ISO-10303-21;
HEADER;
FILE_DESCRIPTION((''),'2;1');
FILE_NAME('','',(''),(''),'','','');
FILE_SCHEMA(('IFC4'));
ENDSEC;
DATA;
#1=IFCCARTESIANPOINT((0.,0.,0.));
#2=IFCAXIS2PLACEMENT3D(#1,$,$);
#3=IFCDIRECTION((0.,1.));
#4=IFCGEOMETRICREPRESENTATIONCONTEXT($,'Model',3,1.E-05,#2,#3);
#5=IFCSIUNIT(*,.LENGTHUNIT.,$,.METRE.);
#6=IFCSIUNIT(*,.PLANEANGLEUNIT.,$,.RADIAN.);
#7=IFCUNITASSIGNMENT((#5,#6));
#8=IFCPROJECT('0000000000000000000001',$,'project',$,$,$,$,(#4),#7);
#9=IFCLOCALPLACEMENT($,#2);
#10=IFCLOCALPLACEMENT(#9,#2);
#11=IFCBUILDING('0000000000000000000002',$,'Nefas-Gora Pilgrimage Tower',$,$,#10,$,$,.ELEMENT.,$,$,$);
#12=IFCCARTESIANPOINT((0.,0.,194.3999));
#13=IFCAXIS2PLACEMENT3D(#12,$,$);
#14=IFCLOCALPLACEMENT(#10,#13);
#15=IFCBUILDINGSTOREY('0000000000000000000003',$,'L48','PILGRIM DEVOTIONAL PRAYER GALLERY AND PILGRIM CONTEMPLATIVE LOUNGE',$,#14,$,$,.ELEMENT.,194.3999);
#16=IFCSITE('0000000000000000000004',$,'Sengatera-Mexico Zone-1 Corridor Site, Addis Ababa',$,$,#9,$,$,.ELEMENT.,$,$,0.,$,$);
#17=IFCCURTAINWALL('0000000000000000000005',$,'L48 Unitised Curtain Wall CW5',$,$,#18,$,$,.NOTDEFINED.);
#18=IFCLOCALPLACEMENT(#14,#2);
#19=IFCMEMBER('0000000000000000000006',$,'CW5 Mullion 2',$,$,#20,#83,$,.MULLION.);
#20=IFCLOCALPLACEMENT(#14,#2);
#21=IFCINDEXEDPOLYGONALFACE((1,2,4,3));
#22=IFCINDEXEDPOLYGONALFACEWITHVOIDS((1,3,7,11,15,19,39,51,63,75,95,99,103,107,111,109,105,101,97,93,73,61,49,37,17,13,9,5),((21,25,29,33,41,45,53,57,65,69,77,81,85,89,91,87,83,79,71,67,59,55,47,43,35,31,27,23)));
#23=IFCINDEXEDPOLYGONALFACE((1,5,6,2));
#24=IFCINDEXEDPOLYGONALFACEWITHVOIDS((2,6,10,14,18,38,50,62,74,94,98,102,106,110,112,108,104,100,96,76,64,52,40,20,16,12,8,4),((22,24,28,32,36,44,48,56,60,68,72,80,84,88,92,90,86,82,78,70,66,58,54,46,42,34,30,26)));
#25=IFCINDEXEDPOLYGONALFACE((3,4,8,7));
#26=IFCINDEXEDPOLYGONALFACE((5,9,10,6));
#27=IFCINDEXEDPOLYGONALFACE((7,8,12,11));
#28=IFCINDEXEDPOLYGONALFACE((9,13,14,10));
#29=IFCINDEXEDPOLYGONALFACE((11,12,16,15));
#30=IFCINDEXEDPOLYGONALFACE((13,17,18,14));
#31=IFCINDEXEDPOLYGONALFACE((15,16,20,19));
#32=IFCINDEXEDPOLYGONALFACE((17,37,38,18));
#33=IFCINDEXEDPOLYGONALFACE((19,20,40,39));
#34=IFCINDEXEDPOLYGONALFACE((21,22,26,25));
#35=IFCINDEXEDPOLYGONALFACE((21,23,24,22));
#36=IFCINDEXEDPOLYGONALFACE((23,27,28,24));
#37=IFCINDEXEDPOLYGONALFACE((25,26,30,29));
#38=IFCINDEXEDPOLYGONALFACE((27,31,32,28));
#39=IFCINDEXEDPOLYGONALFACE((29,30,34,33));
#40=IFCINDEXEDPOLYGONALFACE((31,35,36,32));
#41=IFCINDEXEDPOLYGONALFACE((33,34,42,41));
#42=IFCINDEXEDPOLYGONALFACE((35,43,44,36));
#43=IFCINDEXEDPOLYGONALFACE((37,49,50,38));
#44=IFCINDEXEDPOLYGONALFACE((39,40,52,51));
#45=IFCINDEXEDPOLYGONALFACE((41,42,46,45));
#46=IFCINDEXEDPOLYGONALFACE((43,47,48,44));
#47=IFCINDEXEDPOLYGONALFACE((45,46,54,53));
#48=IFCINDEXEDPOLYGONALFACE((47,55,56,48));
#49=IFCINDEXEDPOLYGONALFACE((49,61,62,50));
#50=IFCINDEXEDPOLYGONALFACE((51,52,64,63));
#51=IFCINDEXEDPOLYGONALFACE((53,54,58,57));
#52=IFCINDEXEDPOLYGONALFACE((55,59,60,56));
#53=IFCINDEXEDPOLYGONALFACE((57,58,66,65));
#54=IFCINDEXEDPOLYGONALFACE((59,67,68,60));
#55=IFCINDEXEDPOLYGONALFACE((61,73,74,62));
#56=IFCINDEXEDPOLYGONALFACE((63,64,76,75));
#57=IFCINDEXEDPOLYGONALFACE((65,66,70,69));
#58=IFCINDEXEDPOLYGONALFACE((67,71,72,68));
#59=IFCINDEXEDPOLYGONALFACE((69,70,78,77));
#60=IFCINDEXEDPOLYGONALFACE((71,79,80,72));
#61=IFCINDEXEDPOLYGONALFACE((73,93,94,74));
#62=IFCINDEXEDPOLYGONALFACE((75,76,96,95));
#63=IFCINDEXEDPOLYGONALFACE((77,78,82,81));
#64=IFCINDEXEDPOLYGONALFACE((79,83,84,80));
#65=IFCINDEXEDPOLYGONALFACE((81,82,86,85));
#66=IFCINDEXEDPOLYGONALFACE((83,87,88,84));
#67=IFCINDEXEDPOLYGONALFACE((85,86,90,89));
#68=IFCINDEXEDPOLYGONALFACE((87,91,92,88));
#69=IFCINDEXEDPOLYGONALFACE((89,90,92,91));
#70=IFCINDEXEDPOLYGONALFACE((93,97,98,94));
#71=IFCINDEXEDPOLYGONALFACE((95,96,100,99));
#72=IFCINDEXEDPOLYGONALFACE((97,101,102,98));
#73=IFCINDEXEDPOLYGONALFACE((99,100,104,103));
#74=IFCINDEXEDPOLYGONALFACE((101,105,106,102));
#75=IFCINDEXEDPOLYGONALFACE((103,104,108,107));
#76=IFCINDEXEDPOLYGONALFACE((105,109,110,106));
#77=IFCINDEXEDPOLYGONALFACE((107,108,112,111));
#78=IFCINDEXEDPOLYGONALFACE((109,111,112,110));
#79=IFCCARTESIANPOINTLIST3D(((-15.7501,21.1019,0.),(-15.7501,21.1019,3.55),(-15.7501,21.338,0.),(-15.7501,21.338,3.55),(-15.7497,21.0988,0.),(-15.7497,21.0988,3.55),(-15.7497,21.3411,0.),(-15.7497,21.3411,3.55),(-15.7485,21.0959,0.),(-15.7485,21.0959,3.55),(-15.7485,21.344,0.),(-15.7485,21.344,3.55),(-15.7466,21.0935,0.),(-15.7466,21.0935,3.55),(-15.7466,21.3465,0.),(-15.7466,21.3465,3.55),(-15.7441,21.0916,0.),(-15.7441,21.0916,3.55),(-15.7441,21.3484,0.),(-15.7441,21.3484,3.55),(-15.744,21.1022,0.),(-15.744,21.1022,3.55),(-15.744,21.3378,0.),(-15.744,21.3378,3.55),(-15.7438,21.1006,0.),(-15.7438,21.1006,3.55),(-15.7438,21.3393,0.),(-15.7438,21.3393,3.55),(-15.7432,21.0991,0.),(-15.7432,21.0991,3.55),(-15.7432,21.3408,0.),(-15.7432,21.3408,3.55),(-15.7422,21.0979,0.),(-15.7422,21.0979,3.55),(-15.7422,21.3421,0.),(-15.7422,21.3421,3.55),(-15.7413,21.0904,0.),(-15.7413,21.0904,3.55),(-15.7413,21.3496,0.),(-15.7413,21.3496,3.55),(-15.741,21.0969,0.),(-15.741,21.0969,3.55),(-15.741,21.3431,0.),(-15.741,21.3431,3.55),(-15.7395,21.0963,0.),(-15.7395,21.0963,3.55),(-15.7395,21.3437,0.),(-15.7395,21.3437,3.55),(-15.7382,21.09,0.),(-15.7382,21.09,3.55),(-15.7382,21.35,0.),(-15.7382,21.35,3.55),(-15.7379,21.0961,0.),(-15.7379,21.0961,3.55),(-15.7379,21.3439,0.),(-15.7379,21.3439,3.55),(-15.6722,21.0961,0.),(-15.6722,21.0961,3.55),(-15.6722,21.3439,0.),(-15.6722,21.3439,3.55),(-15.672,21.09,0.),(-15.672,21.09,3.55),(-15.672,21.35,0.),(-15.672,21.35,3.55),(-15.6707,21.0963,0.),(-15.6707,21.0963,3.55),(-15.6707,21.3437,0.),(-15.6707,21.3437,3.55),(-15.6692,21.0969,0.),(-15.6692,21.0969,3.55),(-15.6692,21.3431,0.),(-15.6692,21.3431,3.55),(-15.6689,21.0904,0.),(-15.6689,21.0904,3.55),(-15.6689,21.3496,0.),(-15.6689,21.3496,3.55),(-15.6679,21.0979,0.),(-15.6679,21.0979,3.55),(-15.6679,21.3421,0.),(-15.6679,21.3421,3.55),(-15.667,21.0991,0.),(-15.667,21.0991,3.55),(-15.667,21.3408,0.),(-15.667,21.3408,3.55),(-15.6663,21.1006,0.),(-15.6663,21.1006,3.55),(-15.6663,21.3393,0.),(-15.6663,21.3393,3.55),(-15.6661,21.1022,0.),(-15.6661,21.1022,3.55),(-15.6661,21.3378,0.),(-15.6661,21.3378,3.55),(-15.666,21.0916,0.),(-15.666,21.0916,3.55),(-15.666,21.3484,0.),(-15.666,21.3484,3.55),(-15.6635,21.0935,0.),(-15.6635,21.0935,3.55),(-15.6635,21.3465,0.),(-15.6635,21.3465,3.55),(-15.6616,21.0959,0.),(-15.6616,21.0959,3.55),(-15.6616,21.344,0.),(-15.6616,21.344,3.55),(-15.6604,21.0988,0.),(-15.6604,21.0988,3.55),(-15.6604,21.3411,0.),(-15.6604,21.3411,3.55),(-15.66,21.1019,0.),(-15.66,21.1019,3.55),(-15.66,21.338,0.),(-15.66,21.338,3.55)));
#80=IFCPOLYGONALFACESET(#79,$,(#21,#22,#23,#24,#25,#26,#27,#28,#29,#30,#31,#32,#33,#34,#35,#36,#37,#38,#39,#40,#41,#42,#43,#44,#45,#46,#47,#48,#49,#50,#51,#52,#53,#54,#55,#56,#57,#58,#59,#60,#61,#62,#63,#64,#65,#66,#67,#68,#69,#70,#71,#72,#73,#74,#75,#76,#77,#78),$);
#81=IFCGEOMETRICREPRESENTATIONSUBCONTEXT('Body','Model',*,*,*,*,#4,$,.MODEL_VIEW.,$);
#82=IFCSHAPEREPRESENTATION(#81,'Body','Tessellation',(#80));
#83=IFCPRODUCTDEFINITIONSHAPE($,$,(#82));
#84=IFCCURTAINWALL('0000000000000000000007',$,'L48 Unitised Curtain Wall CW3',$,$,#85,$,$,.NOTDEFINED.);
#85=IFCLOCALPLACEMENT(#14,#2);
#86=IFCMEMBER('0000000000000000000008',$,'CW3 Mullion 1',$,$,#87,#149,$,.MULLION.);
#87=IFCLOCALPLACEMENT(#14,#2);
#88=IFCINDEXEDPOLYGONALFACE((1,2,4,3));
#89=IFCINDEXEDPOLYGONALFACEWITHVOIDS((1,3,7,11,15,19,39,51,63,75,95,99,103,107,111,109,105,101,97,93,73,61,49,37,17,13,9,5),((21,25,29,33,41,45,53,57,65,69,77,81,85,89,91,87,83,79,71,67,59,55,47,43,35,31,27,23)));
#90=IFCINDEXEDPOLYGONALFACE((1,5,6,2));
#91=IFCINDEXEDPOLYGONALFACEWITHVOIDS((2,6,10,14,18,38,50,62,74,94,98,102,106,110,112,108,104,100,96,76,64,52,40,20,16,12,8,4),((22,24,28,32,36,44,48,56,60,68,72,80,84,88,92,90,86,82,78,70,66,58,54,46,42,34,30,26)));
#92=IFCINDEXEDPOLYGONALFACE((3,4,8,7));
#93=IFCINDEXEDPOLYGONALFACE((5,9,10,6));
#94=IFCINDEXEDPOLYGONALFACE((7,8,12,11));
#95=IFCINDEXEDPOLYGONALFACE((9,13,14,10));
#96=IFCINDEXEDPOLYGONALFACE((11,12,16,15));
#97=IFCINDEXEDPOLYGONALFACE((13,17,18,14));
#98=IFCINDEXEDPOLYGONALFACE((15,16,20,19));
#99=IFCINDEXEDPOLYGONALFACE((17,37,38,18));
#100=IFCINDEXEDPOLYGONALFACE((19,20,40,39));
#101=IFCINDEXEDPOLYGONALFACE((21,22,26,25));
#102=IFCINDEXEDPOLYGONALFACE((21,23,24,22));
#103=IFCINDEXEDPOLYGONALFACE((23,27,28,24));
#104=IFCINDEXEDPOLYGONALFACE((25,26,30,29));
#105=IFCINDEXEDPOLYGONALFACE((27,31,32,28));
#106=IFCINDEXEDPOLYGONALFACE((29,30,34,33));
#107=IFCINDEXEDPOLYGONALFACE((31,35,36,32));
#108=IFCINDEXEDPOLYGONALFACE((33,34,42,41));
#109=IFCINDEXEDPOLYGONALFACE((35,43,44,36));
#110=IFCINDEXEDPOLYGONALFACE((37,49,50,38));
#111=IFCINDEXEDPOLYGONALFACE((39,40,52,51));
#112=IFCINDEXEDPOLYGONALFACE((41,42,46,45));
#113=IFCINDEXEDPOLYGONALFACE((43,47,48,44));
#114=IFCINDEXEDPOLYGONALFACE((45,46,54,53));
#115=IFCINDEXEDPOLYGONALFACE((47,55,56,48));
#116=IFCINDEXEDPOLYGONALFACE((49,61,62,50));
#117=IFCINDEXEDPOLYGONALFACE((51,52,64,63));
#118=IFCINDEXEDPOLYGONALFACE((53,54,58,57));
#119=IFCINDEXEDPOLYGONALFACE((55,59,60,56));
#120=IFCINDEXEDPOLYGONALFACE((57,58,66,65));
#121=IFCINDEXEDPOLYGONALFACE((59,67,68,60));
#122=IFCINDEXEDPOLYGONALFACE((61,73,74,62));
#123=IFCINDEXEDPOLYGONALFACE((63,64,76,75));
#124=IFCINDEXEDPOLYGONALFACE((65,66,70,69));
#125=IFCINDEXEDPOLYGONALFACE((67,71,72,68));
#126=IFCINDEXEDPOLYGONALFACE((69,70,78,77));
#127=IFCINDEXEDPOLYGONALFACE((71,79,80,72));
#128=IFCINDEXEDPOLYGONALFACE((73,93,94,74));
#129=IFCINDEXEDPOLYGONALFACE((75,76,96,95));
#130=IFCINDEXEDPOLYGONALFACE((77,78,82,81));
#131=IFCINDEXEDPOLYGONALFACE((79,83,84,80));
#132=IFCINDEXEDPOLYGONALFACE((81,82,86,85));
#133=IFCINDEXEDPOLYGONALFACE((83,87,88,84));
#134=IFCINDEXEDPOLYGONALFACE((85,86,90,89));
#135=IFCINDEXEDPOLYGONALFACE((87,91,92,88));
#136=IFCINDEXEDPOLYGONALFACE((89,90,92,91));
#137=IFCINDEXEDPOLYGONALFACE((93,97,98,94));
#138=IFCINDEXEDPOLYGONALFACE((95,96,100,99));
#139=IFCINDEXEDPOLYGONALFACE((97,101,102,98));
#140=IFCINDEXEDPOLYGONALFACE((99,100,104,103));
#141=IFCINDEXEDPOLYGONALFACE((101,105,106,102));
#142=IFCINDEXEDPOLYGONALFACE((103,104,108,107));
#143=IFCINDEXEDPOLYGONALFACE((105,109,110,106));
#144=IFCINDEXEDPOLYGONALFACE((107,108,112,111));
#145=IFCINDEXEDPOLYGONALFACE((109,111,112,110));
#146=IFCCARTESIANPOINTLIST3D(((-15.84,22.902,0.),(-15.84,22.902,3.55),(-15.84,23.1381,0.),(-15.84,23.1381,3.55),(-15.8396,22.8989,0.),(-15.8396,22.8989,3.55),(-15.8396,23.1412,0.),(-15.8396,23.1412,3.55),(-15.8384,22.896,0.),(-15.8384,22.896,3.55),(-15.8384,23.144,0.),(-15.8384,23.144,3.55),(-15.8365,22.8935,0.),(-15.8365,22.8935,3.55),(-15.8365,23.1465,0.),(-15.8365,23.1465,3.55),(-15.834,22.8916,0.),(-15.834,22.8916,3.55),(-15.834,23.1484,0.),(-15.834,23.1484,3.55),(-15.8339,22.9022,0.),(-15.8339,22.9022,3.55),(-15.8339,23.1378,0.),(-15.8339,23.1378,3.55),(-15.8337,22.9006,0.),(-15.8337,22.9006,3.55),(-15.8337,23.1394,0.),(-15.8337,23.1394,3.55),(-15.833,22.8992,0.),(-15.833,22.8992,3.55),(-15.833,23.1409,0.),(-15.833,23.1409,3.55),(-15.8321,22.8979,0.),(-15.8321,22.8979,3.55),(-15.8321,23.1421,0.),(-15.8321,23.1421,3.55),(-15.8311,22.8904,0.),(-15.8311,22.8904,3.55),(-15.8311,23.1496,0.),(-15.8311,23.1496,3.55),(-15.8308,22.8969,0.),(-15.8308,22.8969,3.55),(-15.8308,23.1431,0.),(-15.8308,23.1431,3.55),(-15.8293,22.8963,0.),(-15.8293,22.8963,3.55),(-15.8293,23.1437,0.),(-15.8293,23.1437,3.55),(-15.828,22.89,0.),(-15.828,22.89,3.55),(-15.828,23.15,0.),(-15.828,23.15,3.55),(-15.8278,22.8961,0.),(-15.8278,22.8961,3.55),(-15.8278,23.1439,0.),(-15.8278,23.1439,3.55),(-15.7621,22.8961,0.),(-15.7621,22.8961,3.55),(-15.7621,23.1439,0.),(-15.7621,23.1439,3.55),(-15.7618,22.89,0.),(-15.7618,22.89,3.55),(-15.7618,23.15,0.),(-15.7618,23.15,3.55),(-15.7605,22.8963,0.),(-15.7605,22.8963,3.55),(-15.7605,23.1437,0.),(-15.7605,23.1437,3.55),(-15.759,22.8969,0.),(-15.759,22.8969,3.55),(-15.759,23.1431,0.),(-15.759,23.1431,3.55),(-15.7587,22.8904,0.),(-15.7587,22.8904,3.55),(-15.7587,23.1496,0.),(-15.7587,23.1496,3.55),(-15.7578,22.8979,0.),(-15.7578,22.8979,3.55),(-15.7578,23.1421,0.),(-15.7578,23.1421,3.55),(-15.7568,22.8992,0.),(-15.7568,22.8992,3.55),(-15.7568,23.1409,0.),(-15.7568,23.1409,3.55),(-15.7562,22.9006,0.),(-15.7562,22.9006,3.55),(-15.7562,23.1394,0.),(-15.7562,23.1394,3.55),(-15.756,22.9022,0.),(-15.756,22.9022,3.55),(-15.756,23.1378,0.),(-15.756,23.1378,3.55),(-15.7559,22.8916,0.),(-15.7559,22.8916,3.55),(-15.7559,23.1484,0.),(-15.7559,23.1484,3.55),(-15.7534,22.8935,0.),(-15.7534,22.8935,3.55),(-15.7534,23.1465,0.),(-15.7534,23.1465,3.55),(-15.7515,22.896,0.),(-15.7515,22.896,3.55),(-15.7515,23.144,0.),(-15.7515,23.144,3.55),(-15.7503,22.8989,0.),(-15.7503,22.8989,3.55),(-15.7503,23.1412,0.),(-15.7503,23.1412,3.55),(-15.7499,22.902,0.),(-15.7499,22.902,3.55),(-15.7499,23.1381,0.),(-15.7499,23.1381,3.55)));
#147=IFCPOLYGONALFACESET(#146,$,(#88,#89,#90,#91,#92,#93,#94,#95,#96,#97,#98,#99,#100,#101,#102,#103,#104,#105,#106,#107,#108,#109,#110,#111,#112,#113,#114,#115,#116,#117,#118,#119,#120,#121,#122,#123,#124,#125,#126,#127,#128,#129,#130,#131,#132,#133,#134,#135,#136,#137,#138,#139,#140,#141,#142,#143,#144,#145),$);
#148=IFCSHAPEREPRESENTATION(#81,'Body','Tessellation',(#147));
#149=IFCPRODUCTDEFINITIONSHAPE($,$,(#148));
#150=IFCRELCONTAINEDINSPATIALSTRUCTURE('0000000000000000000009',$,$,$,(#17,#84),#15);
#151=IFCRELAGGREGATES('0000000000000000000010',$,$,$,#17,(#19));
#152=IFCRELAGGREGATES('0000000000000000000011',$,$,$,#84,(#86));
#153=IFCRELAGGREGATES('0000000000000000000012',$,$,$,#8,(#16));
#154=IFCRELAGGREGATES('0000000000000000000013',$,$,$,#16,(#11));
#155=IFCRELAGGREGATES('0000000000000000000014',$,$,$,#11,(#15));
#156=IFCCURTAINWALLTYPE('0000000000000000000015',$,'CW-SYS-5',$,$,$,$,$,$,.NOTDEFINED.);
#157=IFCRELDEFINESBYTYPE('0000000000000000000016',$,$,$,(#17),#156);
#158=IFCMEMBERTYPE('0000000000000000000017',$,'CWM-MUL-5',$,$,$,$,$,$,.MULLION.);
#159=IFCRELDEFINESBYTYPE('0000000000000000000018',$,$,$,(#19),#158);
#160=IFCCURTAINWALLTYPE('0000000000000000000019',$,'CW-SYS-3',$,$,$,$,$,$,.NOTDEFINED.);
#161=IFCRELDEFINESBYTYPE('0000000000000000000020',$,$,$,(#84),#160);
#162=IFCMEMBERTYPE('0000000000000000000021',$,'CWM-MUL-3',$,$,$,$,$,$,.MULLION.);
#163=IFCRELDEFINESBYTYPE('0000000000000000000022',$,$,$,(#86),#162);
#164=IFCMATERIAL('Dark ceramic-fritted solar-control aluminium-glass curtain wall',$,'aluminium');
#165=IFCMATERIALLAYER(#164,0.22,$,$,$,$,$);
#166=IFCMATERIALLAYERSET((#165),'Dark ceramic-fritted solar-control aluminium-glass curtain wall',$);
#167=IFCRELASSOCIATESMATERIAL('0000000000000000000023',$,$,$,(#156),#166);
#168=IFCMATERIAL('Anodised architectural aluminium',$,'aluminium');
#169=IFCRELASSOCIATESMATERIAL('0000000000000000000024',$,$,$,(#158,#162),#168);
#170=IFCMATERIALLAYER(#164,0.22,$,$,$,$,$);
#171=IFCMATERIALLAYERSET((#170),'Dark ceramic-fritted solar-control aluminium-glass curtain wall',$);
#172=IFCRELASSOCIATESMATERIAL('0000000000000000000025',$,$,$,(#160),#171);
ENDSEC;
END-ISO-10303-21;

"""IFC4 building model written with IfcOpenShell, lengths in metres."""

from ifc_helpers import new_model, si_unit, direction, frame, origin, origin_2d, place, context, subcontext, project, spatial, hollow_rectangle, extrude, source, transform, mapped, material, layer, layer_set, material_profile, profile_set, type_object, element, aggregate, save


model = new_model("IFC4")

# Units and contexts
model_context = context("Model", 3, precision=1e-05, world=origin(), true_north=direction((0.0, 1.0)))
body_context = subcontext(model_context, "Body", "Model", "MODEL_VIEW")
ifc_project = project(units=[si_unit("LENGTHUNIT", "METRE"), si_unit("PLANEANGLEUNIT", "RADIAN")], contexts=[model_context])

# Site, building, storey
site_placement = place(None, origin())
site = spatial("IfcSite", under=ifc_project, at=site_placement, Name="Sengatera-Mexico Zone-1 Corridor Site, Addis Ababa", CompositionType="ELEMENT", RefElevation=0.0)
building_placement = place(site_placement, origin())
building = spatial("IfcBuilding", under=site, at=building_placement, Name="Nefas-Gora Pilgrimage Tower", CompositionType="ELEMENT")
storey_placement = place(building_placement, frame((0.0, 0.0, 194.3999)))
storey = spatial("IfcBuildingStorey", under=building, at=storey_placement, Name="L48", Description="PILGRIM DEVOTIONAL PRAYER GALLERY AND PILGRIM CONTEMPLATIVE LOUNGE", CompositionType="ELEMENT", Elevation=194.3999)

# Curtain wall, member
ifc_material_1 = material(Name="Dark ceramic-fritted solar-control aluminium-glass curtain wall", Category="aluminium")
ifc_layer_1 = layer(ifc_material_1, 0.22)
ifc_layer_set_1 = layer_set([ifc_layer_1], Name="Dark ceramic-fritted solar-control aluminium-glass curtain wall")
curtain_wall_type_1 = type_object("IfcCurtainWallType", Name="CW-SYS-5", PredefinedType="NOTDEFINED", material=ifc_layer_set_1)
curtain_wall_1_placement = place(storey_placement, origin())
curtain_wall_1 = element("IfcCurtainWall", 1, at=curtain_wall_1_placement, inside=storey, type_object=curtain_wall_type_1, Name="L48 Unitised Curtain Wall CW5", PredefinedType="NOTDEFINED")
ifc_material_2 = material(Name="Anodised architectural aluminium", Category="aluminium")
ifc_material_profile_1 = material_profile(ifc_material_2, hollow_rectangle(XDim=0.0901, YDim=0.26, WallThickness=0.0061, InnerFilletRadius=0.0061, OuterFilletRadius=0.012, at=origin_2d()), Name="ALU MULLION 90x260")
ifc_profile_set_1 = profile_set([ifc_material_profile_1], Name="Anodised architectural aluminium")
member_type_1 = type_object("IfcMemberType", Name="CWM-MUL-5", PredefinedType="MULLION", material=ifc_profile_set_1)
shared_shape_1 = source(origin(), body_context, "Body", "SweptSolid", [
    extrude(hollow_rectangle(XDim=0.0901, YDim=0.26, WallThickness=0.0061, InnerFilletRadius=0.0061, OuterFilletRadius=0.012, at=origin_2d()), origin(), (0.0, 0.0, 1.0), 3.55),
])
member_1_placement = place(storey_placement, frame((-15.7051, 21.22, 0.0), z_axis=(0.0, 0.0, 1.0), x_axis=(-1.0, 0.0, 0.0)))
member_1 = element("IfcMember", 2, at=member_1_placement, type_object=member_type_1, Name="CW5 Mullion 2", PredefinedType="MULLION", context=body_context, shape_type="MappedRepresentation", body=[
    mapped(shared_shape_1, transform((0.0, 0.0, 0.0), x_axis=(1.0, 0.0, 0.0), y_axis=(0.0, 1.0, 0.0), z_axis=(0.0, 0.0, 1.0), scale=1.0)),
])
aggregate(curtain_wall_1, [member_1])

# Curtain wall, member
ifc_layer_2 = layer(ifc_material_1, 0.22)
ifc_layer_set_2 = layer_set([ifc_layer_2], Name="Dark ceramic-fritted solar-control aluminium-glass curtain wall")
curtain_wall_type_2 = type_object("IfcCurtainWallType", Name="CW-SYS-3", PredefinedType="NOTDEFINED", material=ifc_layer_set_2)
curtain_wall_2_placement = place(storey_placement, origin())
curtain_wall_2 = element("IfcCurtainWall", 3, at=curtain_wall_2_placement, inside=storey, type_object=curtain_wall_type_2, Name="L48 Unitised Curtain Wall CW3", PredefinedType="NOTDEFINED")
ifc_material_profile_2 = material_profile(ifc_material_2, hollow_rectangle(XDim=0.0901, YDim=0.26, WallThickness=0.0061, InnerFilletRadius=0.0061, OuterFilletRadius=0.012, at=origin_2d()), Name="ALU MULLION 90x260")
ifc_profile_set_2 = profile_set([ifc_material_profile_2], Name="Anodised architectural aluminium")
member_type_2 = type_object("IfcMemberType", Name="CWM-MUL-3", PredefinedType="MULLION", material=ifc_profile_set_2)
shared_shape_2 = source(origin(), body_context, "Body", "SweptSolid", [
    extrude(hollow_rectangle(XDim=0.0901, YDim=0.26, WallThickness=0.0061, InnerFilletRadius=0.0061, OuterFilletRadius=0.012, at=origin_2d()), origin(), (0.0, 0.0, 1.0), 3.55),
])
member_2_placement = place(storey_placement, frame((-15.7949, 23.02, 0.0), z_axis=(0.0, 0.0, 1.0), x_axis=(-1.0, 0.0, 0.0)))
member_2 = element("IfcMember", 4, at=member_2_placement, type_object=member_type_2, Name="CW3 Mullion 1", PredefinedType="MULLION", context=body_context, shape_type="MappedRepresentation", body=[
    mapped(shared_shape_2, transform((0.0, 0.0, 0.0), x_axis=(1.0, 0.0, 0.0), y_axis=(0.0, 1.0, 0.0), z_axis=(0.0, 0.0, 1.0), scale=1.0)),
])

aggregate(curtain_wall_2, [member_2])

save(model, "model.ifc")
